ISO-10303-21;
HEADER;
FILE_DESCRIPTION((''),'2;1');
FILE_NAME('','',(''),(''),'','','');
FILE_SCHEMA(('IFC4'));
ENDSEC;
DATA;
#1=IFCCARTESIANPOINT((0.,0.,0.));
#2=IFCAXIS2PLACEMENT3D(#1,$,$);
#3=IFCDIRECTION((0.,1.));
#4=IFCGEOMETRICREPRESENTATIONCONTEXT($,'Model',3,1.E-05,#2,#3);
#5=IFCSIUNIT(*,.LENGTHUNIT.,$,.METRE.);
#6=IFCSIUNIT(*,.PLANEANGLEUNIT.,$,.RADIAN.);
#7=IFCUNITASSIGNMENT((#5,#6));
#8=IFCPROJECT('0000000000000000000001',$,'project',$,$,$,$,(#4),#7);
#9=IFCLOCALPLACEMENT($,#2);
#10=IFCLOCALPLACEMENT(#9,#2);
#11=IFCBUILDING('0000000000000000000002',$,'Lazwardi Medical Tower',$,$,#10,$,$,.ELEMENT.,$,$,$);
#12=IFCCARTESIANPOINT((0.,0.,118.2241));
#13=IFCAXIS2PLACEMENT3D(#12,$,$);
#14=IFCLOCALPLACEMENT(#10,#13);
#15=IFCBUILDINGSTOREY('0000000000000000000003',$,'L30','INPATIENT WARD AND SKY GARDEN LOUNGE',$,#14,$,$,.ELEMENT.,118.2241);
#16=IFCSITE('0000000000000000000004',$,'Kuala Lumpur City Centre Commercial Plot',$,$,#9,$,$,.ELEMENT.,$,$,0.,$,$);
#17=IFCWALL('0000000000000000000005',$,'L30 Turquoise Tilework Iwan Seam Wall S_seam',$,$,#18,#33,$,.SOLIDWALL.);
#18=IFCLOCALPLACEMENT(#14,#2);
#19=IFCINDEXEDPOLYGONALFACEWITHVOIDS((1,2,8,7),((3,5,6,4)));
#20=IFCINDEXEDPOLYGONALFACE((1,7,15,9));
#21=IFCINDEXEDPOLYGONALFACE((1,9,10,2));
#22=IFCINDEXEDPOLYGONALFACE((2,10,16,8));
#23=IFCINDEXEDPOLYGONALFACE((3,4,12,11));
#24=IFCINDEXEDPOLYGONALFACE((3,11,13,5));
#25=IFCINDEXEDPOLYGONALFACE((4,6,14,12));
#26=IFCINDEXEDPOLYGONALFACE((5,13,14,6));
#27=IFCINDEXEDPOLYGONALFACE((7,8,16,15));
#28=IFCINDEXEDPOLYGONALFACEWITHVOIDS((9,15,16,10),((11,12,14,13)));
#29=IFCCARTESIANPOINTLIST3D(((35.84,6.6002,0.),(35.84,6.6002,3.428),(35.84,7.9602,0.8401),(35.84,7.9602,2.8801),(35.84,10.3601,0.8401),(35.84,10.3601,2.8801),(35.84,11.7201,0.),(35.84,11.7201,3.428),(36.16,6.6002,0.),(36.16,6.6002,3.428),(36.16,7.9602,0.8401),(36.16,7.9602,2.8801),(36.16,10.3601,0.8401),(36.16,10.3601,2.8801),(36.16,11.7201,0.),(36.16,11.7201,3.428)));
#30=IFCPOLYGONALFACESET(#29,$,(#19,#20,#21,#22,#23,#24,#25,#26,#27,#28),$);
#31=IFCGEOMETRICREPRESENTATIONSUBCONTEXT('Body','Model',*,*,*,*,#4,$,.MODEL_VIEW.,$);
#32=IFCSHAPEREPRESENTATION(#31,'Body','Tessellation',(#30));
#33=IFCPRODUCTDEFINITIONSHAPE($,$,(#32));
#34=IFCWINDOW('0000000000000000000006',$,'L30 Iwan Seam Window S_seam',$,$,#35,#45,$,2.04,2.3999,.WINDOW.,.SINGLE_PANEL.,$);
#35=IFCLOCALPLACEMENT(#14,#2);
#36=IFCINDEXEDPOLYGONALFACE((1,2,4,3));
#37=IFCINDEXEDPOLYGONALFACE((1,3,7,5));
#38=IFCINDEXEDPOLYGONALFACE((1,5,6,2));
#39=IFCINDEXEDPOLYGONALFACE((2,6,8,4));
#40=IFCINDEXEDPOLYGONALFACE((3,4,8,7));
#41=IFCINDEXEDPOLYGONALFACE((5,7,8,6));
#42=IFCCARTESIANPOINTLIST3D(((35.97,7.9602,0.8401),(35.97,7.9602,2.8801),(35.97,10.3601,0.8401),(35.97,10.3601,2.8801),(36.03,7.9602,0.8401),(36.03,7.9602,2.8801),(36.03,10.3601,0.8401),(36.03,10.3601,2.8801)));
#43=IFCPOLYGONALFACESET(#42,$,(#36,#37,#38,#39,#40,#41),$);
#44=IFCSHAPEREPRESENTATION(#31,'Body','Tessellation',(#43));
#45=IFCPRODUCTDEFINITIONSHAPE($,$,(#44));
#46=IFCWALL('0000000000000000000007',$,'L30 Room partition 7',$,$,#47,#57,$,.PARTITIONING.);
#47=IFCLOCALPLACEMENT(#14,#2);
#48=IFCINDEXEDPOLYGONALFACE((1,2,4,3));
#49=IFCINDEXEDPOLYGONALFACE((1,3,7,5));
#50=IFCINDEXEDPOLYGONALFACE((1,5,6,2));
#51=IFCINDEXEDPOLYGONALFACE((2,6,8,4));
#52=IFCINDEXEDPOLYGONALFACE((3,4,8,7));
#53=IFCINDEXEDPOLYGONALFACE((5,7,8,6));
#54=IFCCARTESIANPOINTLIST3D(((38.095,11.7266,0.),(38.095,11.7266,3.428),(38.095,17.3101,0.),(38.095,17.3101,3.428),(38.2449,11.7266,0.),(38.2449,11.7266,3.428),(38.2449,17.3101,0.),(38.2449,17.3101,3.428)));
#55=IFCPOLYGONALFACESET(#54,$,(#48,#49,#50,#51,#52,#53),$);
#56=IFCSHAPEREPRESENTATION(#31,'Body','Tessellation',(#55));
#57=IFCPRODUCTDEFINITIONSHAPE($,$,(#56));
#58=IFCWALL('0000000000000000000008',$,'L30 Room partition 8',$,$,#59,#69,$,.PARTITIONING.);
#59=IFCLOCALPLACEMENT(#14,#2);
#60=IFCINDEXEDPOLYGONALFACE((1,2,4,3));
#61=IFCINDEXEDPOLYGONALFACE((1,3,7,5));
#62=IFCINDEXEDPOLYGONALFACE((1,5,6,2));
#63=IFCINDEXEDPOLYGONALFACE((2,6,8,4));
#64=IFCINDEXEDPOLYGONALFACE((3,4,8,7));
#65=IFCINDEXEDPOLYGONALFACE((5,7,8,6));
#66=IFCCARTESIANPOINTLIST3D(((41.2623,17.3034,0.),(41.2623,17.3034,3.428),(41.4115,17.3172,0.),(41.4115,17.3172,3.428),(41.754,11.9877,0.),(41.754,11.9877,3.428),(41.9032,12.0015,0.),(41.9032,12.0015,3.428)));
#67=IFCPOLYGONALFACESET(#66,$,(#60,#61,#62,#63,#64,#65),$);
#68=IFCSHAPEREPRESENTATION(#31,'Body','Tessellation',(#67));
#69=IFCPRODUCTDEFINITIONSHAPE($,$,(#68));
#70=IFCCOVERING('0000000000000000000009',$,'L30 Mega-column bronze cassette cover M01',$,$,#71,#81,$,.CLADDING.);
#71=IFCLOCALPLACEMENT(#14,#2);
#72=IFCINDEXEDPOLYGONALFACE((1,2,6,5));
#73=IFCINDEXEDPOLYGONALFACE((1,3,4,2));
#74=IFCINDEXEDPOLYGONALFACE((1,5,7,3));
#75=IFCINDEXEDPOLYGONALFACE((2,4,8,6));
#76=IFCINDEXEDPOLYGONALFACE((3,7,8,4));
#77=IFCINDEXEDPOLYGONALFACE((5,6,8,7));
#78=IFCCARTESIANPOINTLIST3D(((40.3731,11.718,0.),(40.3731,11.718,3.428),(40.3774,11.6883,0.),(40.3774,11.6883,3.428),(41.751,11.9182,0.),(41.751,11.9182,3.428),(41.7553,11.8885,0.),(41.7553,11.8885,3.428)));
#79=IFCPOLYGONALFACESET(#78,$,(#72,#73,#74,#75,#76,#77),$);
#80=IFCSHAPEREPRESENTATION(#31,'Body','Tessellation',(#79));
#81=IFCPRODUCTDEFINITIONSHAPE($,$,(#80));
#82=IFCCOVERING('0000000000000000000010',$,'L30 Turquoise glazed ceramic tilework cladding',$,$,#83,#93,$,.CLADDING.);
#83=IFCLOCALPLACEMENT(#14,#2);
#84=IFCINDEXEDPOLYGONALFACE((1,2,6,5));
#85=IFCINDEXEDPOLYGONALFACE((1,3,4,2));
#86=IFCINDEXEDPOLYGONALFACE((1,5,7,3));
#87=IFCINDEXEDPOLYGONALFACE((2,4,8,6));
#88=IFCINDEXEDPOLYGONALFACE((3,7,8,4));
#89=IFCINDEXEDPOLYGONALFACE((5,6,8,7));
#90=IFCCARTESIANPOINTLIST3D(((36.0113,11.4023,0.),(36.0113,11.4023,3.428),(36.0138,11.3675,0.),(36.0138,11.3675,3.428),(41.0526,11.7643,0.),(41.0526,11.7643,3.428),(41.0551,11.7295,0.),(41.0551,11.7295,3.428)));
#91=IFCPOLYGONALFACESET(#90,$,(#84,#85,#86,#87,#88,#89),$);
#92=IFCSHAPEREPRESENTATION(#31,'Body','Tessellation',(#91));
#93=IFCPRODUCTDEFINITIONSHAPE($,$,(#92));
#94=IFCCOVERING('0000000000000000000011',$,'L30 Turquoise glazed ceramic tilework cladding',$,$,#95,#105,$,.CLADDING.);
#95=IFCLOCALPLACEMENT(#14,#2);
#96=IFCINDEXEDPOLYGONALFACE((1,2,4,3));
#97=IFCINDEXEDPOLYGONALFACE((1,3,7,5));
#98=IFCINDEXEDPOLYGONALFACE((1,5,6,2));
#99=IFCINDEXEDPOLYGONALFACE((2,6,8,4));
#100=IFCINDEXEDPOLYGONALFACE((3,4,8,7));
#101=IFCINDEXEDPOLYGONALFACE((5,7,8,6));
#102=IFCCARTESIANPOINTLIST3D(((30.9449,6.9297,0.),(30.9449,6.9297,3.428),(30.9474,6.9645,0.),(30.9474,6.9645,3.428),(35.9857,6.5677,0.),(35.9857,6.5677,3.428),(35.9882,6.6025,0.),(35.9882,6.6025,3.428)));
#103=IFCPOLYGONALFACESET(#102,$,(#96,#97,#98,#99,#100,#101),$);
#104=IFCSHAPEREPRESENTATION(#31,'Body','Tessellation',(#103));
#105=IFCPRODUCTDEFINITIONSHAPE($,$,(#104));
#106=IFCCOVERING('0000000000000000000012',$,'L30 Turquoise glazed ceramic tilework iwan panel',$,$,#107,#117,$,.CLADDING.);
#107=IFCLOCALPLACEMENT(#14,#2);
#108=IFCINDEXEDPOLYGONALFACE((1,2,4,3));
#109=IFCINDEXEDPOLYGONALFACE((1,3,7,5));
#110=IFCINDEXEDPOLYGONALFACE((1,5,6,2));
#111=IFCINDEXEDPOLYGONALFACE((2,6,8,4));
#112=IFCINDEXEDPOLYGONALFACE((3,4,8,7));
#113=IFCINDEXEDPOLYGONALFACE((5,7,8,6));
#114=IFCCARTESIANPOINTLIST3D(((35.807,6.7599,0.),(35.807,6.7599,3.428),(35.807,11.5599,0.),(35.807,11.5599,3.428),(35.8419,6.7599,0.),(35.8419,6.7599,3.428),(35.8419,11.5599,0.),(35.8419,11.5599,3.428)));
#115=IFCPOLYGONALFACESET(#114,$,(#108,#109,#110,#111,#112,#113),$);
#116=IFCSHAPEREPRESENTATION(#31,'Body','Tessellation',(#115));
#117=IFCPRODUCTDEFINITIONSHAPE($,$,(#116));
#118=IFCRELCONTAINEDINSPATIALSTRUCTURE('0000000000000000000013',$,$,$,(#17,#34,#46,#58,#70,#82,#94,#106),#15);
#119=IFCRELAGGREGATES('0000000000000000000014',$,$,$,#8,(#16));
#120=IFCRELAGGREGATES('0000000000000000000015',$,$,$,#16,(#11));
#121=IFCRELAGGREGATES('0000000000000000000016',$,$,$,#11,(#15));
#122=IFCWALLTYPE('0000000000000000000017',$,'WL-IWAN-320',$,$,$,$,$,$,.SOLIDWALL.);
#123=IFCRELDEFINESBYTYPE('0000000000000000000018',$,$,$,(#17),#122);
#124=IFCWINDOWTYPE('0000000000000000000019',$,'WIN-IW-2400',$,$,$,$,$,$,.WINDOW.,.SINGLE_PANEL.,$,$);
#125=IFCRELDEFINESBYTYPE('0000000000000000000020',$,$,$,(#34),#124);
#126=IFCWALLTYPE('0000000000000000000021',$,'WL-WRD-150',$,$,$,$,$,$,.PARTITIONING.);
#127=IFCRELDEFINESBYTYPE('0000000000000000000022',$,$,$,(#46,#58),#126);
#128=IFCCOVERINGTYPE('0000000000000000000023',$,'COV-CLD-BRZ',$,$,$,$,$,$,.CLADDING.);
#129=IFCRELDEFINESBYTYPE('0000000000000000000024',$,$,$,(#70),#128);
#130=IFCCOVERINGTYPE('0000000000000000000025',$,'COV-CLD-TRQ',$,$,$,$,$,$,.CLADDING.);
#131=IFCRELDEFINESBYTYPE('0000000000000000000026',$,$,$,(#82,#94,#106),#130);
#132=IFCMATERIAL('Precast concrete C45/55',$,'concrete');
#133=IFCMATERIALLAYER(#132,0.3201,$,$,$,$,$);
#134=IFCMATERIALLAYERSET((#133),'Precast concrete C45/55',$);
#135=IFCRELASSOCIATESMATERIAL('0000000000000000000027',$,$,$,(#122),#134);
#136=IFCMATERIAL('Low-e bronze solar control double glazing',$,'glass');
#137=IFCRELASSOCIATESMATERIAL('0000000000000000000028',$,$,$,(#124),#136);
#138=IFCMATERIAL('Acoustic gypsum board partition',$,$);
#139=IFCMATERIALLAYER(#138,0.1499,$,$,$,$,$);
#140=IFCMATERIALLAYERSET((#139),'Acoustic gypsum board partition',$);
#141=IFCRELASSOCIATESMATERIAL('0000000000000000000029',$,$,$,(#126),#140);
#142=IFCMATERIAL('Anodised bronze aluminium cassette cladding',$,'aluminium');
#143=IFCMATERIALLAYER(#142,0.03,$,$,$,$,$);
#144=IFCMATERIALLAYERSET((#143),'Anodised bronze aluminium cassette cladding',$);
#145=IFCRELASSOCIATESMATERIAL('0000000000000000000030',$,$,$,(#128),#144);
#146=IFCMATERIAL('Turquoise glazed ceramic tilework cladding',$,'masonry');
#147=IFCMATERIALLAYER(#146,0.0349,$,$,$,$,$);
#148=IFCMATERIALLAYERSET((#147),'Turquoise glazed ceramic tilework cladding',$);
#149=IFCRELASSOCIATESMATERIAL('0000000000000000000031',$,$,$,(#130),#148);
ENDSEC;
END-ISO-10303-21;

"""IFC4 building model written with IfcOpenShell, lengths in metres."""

from ifc_helpers import new_model, si_unit, direction, frame, frame_2d, origin, origin_2d, place, context, subcontext, project, spatial, rectangle, extrude, material, layer, layer_set, type_object, element, fill, save


model = new_model("IFC4")

# Units and contexts
model_context = context("Model", 3, precision=1e-05, world=origin(), true_north=direction((0.0, 1.0)))
body_context = subcontext(model_context, "Body", "Model", "MODEL_VIEW")
ifc_project = project(units=[si_unit("LENGTHUNIT", "METRE"), si_unit("PLANEANGLEUNIT", "RADIAN")], contexts=[model_context])

# Site, building, storey
site_placement = place(None, origin())
site = spatial("IfcSite", under=ifc_project, at=site_placement, Name="Kuala Lumpur City Centre Commercial Plot", CompositionType="ELEMENT", RefElevation=0.0)
building_placement = place(site_placement, origin())
building = spatial("IfcBuilding", under=site, at=building_placement, Name="Lazwardi Medical Tower", CompositionType="ELEMENT")
storey_placement = place(building_placement, frame((0.0, 0.0, 118.2241)))
storey = spatial("IfcBuildingStorey", under=building, at=storey_placement, Name="L30", Description="INPATIENT WARD AND SKY GARDEN LOUNGE", CompositionType="ELEMENT", Elevation=118.2241)

# Shared definitions
ifc_material_1 = material(Name="Low-e bronze solar control double glazing", Category="glass")

# Wall, opening, window
ifc_material_2 = material(Name="Precast concrete C45/55", Category="concrete")
ifc_layer_1 = layer(ifc_material_2, 0.3201)
ifc_layer_set_1 = layer_set([ifc_layer_1], Name="Precast concrete C45/55")
wall_type_1 = type_object("IfcWallType", Name="WL-IWAN-320", PredefinedType="SOLIDWALL", material=ifc_layer_set_1)
wall_1_placement = place(storey_placement, frame((36.0, 6.6001, 0.0), z_axis=(0.0, 0.0, 1.0), x_axis=(0.0, 1.0, 0.0)))
wall_1 = element("IfcWall", 1, at=wall_1_placement, inside=storey, type_object=wall_type_1, Name="L30 Turquoise Tilework Iwan Seam Wall S_seam", PredefinedType="SOLIDWALL", context=body_context, shape_type="SweptSolid", body=[
    extrude(rectangle(XDim=5.1199, YDim=0.3201, at=frame_2d((2.5601, 0.0))), origin(), (0.0, 0.0, 1.0), 3.428),
])
opening_1_placement = place(wall_1_placement, frame((1.3601, 0.0, 0.8401)))
opening_1 = element("IfcOpeningElement", 2, at=opening_1_placement, cuts=wall_1, PredefinedType="OPENING", context=body_context, shape_type="SweptSolid", body=[
    extrude(rectangle(XDim=2.3999, YDim=2.04, at=frame_2d((1.2, 1.02))), frame((0.0, 0.1699, 0.0), z_axis=(0.0, -1.0, 0.0), x_axis=(1.0, 0.0, 0.0)), (0.0, 0.0, 1.0), 0.3401),
])
window_type_1 = type_object("IfcWindowType", Name="WIN-IW-2400", PartitioningType="SINGLE_PANEL", PredefinedType="WINDOW", material=ifc_material_1)
window_1_placement = place(opening_1_placement, origin())
window_1 = element("IfcWindow", 3, at=window_1_placement, inside=storey, type_object=window_type_1, Name="L30 Iwan Seam Window S_seam", OverallHeight=2.04, OverallWidth=2.3999, PartitioningType="SINGLE_PANEL", PredefinedType="WINDOW", context=body_context, shape_type="SweptSolid", body=[
    extrude(rectangle(XDim=2.3999, YDim=2.04, at=frame_2d((1.2, 1.02))), frame((0.0, 0.03, 0.0), z_axis=(0.0, -1.0, 0.0), x_axis=(1.0, 0.0, 0.0)), (0.0, 0.0, 1.0), 0.0601),
])
fill(opening_1, window_1)

# Walls
ifc_material_3 = material(Name="Acoustic gypsum board partition")
ifc_layer_2 = layer(ifc_material_3, 0.1499)
ifc_layer_set_2 = layer_set([ifc_layer_2], Name="Acoustic gypsum board partition")
wall_type_2 = type_object("IfcWallType", Name="WL-WRD-150", PredefinedType="PARTITIONING", material=ifc_layer_set_2)
wall_2_placement = place(storey_placement, frame((38.1699, 11.7266, 0.0), z_axis=(0.0, 0.0, 1.0), x_axis=(0.0, 1.0, 0.0)))
element("IfcWall", 4, at=wall_2_placement, inside=storey, type_object=wall_type_2, Name="L30 Room partition 7", PredefinedType="PARTITIONING", context=body_context, shape_type="SweptSolid", body=[
    extrude(rectangle(XDim=5.5835, YDim=0.1499, at=frame_2d((2.7917, 0.0))), origin(), (0.0, 0.0, 1.0), 3.428),
])
wall_3_placement = place(storey_placement, frame((41.8286, 11.9946, 0.0), z_axis=(0.0, 0.0, 1.0), x_axis=(-0.092107, 0.995749, 0.0)))
element("IfcWall", 5, at=wall_3_placement, inside=storey, type_object=wall_type_2, Name="L30 Room partition 8", PredefinedType="PARTITIONING", context=body_context, shape_type="SweptSolid", body=[
    extrude(rectangle(XDim=5.3384, YDim=0.1499, at=frame_2d((2.6692, 0.0))), origin(), (0.0, 0.0, 1.0), 3.428),
])

# Coverings
ifc_material_4 = material(Name="Anodised bronze aluminium cassette cladding", Category="aluminium")
ifc_layer_3 = layer(ifc_material_4, 0.03)
ifc_layer_set_3 = layer_set([ifc_layer_3], Name="Anodised bronze aluminium cassette cladding")
covering_type_1 = type_object("IfcCoveringType", Name="COV-CLD-BRZ", PredefinedType="CLADDING", material=ifc_layer_set_3)
covering_1_placement = place(storey_placement, frame((41.0642, 11.8032, 0.0), z_axis=(0.0, 0.0, 1.0), x_axis=(0.989609, 0.143785, 0.0)))
element("IfcCovering", 6, at=covering_1_placement, inside=storey, type_object=covering_type_1, Name="L30 Mega-column bronze cassette cover M01", PredefinedType="CLADDING", context=body_context, shape_type="SweptSolid", body=[
    extrude(rectangle(XDim=1.3923, YDim=0.03, at=origin_2d()), origin(), (0.0, 0.0, 1.0), 3.428),
])
ifc_material_5 = material(Name="Turquoise glazed ceramic tilework cladding", Category="masonry")
ifc_layer_4 = layer(ifc_material_5, 0.0349)
ifc_layer_set_4 = layer_set([ifc_layer_4], Name="Turquoise glazed ceramic tilework cladding")
covering_type_2 = type_object("IfcCoveringType", Name="COV-CLD-TRQ", PredefinedType="CLADDING", material=ifc_layer_set_4)
covering_2_placement = place(storey_placement, frame((38.5332, 11.5659, 0.0), z_axis=(0.0, 0.0, 1.0), x_axis=(0.997432, 0.071625, 0.0)))
element("IfcCovering", 7, at=covering_2_placement, inside=storey, type_object=covering_type_2, Name="L30 Turquoise glazed ceramic tilework cladding", PredefinedType="CLADDING", context=body_context, shape_type="SweptSolid", body=[
    extrude(rectangle(XDim=5.0542, YDim=0.0349, at=origin_2d()), origin(), (0.0, 0.0, 1.0), 3.428),
])
covering_3_placement = place(storey_placement, frame((33.4666, 6.7661, 0.0), z_axis=(0.0, 0.0, 1.0), x_axis=(0.997431, -0.071631, 0.0)))
element("IfcCovering", 8, at=covering_3_placement, inside=storey, type_object=covering_type_2, Name="L30 Turquoise glazed ceramic tilework cladding", PredefinedType="CLADDING", context=body_context, shape_type="SweptSolid", body=[
    extrude(rectangle(XDim=5.0537, YDim=0.0349, at=origin_2d()), origin(), (0.0, 0.0, 1.0), 3.428),
])
covering_4_placement = place(storey_placement, frame((35.8245, 9.1599, 0.0), z_axis=(0.0, 0.0, 1.0), x_axis=(0.0, 1.0, 0.0)))
element("IfcCovering", 9, at=covering_4_placement, inside=storey, type_object=covering_type_2, Name="L30 Turquoise glazed ceramic tilework iwan panel", PredefinedType="CLADDING", context=body_context, shape_type="SweptSolid", body=[
    extrude(rectangle(XDim=4.8, YDim=0.0349, at=origin_2d()), origin(), (0.0, 0.0, 1.0), 3.428),
])

save(model, "model.ifc")
